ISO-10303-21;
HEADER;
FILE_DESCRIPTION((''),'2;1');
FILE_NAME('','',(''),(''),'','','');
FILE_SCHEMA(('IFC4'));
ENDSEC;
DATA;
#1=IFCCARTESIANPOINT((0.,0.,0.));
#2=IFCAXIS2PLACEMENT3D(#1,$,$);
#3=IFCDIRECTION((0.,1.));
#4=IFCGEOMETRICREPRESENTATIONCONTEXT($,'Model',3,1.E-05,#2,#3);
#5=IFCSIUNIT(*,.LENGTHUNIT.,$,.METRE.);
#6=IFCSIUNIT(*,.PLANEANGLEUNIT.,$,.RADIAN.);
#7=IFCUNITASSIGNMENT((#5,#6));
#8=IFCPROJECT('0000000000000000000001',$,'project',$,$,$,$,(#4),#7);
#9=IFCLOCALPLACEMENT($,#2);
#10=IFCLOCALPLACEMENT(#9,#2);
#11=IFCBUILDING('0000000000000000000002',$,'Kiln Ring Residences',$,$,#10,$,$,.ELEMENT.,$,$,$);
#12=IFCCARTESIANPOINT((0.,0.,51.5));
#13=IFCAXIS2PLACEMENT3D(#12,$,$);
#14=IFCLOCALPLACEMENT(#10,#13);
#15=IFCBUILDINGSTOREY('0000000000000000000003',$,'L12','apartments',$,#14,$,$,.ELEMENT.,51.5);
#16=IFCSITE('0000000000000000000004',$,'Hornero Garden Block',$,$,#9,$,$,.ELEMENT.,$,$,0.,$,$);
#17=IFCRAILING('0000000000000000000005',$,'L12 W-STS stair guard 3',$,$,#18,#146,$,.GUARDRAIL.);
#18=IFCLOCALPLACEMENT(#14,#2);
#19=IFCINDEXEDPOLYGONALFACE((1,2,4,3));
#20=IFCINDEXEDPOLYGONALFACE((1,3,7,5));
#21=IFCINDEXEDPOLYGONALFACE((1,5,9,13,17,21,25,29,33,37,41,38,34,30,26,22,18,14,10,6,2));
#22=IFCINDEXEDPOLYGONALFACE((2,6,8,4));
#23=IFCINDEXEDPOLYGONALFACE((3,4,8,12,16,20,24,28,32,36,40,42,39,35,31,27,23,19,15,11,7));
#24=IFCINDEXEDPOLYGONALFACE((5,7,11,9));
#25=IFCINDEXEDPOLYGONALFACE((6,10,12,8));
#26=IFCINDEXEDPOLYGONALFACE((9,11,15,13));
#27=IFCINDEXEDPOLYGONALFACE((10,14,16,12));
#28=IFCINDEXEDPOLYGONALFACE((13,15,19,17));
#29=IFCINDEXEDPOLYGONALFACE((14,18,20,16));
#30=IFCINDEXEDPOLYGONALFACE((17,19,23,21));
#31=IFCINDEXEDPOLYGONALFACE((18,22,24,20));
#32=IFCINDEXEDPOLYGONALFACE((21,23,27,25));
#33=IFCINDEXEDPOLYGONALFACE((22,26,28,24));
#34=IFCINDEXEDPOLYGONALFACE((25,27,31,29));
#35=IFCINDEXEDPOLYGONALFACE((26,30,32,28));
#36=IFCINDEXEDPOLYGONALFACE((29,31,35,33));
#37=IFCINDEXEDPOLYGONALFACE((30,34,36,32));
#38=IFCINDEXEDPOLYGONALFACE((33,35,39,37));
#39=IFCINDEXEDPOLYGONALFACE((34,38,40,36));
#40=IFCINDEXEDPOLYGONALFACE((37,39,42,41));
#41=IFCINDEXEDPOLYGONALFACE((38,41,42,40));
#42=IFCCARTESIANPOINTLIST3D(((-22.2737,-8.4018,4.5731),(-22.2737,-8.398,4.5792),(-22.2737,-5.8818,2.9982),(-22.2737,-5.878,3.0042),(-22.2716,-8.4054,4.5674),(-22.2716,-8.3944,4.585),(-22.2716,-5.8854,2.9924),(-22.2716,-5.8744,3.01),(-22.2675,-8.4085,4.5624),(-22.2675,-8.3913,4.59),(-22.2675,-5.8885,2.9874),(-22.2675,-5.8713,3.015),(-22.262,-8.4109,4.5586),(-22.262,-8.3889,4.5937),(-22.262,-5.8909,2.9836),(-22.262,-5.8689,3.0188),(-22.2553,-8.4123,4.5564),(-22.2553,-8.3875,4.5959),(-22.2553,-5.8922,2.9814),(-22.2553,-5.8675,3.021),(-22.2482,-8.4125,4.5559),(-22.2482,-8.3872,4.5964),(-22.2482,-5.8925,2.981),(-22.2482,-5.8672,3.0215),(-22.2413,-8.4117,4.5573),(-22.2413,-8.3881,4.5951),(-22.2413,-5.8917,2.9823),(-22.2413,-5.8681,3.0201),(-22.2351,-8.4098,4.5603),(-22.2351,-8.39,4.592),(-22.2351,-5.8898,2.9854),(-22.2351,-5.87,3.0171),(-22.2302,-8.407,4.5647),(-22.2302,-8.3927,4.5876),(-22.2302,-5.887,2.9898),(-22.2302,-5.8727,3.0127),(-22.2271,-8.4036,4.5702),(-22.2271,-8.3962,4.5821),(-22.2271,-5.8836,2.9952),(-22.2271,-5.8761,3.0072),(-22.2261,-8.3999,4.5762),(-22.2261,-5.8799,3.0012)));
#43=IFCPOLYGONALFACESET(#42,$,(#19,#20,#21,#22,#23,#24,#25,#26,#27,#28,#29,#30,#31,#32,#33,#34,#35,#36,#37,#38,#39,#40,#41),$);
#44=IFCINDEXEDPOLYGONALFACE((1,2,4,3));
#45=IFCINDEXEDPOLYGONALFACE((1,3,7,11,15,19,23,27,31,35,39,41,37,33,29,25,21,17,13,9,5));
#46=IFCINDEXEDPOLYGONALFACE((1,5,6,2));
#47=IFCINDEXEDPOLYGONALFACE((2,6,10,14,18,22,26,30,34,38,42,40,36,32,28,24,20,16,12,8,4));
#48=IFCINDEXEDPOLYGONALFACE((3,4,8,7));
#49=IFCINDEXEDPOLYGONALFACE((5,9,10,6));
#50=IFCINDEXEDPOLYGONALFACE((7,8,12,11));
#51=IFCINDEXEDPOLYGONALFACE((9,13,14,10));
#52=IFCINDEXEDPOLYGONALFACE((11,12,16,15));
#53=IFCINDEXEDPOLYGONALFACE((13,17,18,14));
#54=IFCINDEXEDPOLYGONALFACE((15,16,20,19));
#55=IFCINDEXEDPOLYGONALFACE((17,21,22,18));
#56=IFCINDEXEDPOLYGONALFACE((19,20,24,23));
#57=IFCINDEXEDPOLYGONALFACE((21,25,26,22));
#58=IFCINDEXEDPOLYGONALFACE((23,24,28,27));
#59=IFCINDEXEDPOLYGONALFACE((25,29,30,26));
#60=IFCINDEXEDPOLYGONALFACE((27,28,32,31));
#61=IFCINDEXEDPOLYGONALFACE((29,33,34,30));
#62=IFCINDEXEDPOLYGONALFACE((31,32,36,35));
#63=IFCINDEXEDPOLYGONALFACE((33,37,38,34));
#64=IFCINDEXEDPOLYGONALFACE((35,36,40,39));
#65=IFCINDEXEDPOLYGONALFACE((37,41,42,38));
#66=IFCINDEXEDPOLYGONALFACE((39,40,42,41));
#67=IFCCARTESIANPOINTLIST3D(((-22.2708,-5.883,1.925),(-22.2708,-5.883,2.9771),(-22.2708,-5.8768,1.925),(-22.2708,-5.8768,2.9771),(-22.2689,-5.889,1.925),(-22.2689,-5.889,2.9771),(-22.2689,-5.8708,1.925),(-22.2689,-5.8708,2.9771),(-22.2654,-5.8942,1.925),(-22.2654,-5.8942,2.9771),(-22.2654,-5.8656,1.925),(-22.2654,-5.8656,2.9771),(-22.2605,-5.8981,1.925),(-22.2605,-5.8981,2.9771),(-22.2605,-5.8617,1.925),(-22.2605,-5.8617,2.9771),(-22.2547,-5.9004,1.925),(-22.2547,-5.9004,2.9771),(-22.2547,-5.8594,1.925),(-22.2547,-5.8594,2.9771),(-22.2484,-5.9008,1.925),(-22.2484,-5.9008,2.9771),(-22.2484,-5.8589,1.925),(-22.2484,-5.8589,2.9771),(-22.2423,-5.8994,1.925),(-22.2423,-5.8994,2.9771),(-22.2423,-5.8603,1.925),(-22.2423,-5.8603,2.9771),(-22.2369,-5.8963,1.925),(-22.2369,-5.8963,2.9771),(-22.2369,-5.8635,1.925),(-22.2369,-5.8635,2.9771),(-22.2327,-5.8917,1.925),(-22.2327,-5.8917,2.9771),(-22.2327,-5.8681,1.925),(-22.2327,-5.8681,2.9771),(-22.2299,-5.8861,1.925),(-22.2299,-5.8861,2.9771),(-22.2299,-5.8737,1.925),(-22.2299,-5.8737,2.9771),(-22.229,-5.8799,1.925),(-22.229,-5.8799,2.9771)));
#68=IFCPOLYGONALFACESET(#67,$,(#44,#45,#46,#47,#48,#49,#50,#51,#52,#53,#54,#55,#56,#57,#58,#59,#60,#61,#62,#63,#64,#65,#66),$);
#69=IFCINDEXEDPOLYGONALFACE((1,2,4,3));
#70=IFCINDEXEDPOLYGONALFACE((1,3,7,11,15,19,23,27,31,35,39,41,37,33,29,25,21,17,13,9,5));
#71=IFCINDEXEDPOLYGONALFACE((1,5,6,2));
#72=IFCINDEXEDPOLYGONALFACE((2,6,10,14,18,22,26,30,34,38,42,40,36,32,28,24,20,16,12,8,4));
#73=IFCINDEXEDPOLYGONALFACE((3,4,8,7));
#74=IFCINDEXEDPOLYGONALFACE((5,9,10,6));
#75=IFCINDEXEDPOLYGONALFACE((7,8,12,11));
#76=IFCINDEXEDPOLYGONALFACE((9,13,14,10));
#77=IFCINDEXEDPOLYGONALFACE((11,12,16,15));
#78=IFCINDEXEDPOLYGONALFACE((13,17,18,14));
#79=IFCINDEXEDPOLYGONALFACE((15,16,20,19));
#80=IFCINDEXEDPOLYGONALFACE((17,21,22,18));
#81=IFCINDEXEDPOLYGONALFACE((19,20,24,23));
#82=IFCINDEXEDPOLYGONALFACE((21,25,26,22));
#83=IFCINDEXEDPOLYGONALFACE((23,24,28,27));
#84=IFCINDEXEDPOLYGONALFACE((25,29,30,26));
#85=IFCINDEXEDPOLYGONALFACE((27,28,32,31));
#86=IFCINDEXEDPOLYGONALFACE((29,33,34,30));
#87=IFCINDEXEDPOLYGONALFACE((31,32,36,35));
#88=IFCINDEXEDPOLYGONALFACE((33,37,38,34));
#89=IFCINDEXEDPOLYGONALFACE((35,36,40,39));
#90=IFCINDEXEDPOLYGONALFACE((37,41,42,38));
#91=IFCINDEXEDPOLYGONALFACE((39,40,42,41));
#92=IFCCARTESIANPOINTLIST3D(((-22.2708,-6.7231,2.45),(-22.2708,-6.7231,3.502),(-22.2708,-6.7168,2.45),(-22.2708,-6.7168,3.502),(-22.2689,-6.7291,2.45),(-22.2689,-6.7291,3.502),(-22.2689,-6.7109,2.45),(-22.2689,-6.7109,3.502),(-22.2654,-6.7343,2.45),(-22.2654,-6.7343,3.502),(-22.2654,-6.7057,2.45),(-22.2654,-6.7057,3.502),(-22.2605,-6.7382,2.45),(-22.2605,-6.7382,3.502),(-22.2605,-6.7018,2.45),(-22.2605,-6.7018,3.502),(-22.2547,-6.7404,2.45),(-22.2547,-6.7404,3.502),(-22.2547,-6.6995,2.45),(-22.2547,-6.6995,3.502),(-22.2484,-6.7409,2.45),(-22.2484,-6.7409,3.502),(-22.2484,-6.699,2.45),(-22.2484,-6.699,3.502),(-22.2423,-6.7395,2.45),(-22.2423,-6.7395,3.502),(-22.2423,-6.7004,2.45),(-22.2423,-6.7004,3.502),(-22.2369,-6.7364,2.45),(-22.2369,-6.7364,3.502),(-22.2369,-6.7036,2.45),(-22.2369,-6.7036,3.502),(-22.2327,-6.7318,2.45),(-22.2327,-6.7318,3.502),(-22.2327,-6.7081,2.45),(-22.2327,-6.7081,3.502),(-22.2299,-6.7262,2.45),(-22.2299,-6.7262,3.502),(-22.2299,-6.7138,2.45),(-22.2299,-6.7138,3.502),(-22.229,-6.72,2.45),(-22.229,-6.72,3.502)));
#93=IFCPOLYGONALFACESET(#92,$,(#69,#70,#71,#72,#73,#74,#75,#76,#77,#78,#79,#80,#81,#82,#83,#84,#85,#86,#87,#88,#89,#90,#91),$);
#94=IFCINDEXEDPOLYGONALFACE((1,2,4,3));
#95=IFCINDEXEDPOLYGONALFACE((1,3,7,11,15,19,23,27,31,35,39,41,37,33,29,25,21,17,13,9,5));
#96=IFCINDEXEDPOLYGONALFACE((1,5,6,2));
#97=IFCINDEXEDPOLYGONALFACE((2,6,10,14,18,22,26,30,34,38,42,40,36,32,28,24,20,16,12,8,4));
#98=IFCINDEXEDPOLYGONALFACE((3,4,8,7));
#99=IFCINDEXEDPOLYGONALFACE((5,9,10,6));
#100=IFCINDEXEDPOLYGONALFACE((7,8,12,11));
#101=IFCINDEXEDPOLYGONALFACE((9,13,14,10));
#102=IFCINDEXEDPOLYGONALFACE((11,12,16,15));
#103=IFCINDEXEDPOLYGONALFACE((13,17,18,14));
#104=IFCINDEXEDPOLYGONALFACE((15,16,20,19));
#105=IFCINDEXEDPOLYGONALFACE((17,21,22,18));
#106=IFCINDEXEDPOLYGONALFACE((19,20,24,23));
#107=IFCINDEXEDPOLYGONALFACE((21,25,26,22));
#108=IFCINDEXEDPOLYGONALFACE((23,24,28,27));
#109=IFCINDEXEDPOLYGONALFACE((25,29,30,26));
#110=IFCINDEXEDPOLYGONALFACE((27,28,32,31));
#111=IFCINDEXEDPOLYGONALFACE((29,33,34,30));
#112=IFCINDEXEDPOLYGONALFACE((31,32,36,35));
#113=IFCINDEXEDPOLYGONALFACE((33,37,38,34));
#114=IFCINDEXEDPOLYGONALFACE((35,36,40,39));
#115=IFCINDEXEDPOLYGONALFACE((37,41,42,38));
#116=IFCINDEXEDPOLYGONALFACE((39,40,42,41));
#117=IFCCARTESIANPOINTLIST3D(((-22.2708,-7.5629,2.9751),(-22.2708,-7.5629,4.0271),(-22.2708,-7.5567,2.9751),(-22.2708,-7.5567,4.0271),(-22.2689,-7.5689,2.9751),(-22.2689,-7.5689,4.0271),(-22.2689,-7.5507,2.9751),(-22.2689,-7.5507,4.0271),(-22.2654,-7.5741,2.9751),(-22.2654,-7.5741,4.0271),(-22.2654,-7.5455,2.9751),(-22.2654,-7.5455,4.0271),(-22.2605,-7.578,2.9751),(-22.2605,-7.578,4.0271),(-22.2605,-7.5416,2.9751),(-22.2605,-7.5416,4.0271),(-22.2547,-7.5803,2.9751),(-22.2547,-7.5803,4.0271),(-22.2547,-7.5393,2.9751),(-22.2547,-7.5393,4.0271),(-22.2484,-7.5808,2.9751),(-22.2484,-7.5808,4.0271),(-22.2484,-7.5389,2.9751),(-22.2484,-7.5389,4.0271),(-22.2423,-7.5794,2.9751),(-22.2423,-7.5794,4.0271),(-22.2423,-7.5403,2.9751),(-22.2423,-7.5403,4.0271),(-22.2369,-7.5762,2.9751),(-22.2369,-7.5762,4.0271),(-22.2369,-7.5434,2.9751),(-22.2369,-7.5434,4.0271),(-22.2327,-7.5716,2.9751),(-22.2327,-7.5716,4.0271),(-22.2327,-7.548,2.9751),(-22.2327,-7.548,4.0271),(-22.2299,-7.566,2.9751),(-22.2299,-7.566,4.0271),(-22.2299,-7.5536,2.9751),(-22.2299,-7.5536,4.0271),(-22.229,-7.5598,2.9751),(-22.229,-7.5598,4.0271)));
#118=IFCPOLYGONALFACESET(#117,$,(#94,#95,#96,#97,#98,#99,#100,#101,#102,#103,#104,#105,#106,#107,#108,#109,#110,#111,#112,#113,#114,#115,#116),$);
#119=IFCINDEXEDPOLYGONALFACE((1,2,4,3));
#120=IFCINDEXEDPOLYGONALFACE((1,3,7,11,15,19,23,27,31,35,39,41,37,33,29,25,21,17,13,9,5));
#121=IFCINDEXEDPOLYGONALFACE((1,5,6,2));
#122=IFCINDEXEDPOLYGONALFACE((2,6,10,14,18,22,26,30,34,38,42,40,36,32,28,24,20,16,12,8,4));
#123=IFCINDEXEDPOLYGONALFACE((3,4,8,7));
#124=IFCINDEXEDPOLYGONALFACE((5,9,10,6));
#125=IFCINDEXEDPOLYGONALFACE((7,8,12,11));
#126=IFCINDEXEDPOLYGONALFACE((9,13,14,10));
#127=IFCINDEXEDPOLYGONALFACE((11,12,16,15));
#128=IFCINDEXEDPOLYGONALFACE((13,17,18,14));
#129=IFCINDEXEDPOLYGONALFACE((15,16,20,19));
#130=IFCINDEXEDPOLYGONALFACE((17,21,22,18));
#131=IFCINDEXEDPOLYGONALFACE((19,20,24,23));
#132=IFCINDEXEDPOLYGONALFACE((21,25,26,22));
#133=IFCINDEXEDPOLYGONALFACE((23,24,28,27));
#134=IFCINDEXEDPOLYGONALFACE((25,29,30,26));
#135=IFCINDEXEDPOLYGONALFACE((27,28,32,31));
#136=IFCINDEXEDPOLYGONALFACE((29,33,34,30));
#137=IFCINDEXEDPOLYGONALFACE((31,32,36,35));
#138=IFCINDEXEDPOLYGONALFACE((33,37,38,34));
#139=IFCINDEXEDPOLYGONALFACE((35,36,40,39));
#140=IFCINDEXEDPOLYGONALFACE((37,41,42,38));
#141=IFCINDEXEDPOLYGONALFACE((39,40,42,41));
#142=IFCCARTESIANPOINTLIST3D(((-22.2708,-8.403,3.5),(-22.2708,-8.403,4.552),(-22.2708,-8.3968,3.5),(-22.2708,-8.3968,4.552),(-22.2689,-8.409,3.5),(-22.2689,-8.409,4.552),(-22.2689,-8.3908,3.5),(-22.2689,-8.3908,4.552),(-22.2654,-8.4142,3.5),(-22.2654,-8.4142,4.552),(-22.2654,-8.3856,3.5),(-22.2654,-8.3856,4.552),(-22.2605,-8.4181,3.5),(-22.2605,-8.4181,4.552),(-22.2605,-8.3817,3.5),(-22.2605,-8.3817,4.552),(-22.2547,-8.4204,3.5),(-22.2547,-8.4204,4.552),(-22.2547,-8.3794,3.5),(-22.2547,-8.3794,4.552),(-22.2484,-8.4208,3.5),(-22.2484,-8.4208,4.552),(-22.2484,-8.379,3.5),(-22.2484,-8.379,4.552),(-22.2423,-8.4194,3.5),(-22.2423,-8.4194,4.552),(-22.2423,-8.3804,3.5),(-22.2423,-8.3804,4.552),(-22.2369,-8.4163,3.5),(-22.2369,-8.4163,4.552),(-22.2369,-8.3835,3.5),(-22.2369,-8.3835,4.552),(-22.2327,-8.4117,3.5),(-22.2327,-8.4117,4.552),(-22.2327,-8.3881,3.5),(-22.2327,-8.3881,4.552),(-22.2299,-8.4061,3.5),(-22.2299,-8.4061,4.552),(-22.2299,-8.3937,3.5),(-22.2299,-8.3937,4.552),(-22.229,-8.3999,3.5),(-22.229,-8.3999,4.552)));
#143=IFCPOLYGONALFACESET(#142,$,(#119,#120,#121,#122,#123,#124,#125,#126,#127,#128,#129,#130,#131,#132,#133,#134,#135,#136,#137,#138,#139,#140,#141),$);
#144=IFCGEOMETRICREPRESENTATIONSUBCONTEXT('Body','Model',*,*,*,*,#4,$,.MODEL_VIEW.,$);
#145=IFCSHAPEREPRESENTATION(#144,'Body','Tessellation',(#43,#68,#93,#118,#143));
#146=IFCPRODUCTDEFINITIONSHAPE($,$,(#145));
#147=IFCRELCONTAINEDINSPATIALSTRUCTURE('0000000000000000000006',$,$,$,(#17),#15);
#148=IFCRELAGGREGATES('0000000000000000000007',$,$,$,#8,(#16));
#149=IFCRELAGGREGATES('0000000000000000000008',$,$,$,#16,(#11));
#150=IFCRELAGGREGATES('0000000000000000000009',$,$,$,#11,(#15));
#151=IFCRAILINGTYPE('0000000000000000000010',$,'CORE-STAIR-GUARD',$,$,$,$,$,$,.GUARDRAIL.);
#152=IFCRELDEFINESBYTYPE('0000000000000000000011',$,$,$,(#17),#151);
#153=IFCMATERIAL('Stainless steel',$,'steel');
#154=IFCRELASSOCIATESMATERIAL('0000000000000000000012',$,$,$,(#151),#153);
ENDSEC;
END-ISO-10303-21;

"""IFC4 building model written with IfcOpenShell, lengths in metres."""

from ifc_helpers import new_model, si_unit, direction, frame, origin, origin_2d, place, context, subcontext, project, spatial, circle, extrude, material, type_object, element, save


model = new_model("IFC4")

# Units and contexts
model_context = context("Model", 3, precision=1e-05, world=origin(), true_north=direction((0.0, 1.0)))
body_context = subcontext(model_context, "Body", "Model", "MODEL_VIEW")
ifc_project = project(units=[si_unit("LENGTHUNIT", "METRE"), si_unit("PLANEANGLEUNIT", "RADIAN")], contexts=[model_context])

# Site, building, storey
site_placement = place(None, origin())
site = spatial("IfcSite", under=ifc_project, at=site_placement, Name="Hornero Garden Block", CompositionType="ELEMENT", RefElevation=0.0)
building_placement = place(site_placement, origin())
building = spatial("IfcBuilding", under=site, at=building_placement, Name="Kiln Ring Residences", CompositionType="ELEMENT")
storey_placement = place(building_placement, frame((0.0, 0.0, 51.5)))
storey = spatial("IfcBuildingStorey", under=building, at=storey_placement, Name="L12", Description="apartments", CompositionType="ELEMENT", Elevation=51.5)

# Railing
ifc_material_1 = material(Name="Stainless steel", Category="steel")
railing_type_1 = type_object("IfcRailingType", Name="CORE-STAIR-GUARD", PredefinedType="GUARDRAIL", material=ifc_material_1)
railing_1_placement = place(storey_placement, frame((-22.25, -5.8799, 1.925)))
element("IfcRailing", 1, at=railing_1_placement, inside=storey, type_object=railing_type_1, Name="L12 W-STS stair guard 3", PredefinedType="GUARDRAIL", context=body_context, shape_type="SweptSolid", body=[
    extrude(circle(Radius=0.0239, at=origin_2d()), frame((0.0, 0.0, 1.0762), z_axis=(0.0, -0.848008, 0.529984), x_axis=(1.0, 0.0, 0.0)), (0.0, 0.0, 1.0), 2.9717),
    extrude(circle(Radius=0.021, at=origin_2d()), origin(), (0.0, 0.0, 1.0), 1.052),
    extrude(circle(Radius=0.021, at=origin_2d()), frame((0.0, -0.8401, 0.5249)), (0.0, 0.0, 1.0), 1.052),
    extrude(circle(Radius=0.021, at=origin_2d()), frame((0.0, -1.6799, 1.05)), (0.0, 0.0, 1.0), 1.052),
    extrude(circle(Radius=0.021, at=origin_2d()), frame((0.0, -2.52, 1.575)), (0.0, 0.0, 1.0), 1.052),
])

save(model, "model.ifc")
